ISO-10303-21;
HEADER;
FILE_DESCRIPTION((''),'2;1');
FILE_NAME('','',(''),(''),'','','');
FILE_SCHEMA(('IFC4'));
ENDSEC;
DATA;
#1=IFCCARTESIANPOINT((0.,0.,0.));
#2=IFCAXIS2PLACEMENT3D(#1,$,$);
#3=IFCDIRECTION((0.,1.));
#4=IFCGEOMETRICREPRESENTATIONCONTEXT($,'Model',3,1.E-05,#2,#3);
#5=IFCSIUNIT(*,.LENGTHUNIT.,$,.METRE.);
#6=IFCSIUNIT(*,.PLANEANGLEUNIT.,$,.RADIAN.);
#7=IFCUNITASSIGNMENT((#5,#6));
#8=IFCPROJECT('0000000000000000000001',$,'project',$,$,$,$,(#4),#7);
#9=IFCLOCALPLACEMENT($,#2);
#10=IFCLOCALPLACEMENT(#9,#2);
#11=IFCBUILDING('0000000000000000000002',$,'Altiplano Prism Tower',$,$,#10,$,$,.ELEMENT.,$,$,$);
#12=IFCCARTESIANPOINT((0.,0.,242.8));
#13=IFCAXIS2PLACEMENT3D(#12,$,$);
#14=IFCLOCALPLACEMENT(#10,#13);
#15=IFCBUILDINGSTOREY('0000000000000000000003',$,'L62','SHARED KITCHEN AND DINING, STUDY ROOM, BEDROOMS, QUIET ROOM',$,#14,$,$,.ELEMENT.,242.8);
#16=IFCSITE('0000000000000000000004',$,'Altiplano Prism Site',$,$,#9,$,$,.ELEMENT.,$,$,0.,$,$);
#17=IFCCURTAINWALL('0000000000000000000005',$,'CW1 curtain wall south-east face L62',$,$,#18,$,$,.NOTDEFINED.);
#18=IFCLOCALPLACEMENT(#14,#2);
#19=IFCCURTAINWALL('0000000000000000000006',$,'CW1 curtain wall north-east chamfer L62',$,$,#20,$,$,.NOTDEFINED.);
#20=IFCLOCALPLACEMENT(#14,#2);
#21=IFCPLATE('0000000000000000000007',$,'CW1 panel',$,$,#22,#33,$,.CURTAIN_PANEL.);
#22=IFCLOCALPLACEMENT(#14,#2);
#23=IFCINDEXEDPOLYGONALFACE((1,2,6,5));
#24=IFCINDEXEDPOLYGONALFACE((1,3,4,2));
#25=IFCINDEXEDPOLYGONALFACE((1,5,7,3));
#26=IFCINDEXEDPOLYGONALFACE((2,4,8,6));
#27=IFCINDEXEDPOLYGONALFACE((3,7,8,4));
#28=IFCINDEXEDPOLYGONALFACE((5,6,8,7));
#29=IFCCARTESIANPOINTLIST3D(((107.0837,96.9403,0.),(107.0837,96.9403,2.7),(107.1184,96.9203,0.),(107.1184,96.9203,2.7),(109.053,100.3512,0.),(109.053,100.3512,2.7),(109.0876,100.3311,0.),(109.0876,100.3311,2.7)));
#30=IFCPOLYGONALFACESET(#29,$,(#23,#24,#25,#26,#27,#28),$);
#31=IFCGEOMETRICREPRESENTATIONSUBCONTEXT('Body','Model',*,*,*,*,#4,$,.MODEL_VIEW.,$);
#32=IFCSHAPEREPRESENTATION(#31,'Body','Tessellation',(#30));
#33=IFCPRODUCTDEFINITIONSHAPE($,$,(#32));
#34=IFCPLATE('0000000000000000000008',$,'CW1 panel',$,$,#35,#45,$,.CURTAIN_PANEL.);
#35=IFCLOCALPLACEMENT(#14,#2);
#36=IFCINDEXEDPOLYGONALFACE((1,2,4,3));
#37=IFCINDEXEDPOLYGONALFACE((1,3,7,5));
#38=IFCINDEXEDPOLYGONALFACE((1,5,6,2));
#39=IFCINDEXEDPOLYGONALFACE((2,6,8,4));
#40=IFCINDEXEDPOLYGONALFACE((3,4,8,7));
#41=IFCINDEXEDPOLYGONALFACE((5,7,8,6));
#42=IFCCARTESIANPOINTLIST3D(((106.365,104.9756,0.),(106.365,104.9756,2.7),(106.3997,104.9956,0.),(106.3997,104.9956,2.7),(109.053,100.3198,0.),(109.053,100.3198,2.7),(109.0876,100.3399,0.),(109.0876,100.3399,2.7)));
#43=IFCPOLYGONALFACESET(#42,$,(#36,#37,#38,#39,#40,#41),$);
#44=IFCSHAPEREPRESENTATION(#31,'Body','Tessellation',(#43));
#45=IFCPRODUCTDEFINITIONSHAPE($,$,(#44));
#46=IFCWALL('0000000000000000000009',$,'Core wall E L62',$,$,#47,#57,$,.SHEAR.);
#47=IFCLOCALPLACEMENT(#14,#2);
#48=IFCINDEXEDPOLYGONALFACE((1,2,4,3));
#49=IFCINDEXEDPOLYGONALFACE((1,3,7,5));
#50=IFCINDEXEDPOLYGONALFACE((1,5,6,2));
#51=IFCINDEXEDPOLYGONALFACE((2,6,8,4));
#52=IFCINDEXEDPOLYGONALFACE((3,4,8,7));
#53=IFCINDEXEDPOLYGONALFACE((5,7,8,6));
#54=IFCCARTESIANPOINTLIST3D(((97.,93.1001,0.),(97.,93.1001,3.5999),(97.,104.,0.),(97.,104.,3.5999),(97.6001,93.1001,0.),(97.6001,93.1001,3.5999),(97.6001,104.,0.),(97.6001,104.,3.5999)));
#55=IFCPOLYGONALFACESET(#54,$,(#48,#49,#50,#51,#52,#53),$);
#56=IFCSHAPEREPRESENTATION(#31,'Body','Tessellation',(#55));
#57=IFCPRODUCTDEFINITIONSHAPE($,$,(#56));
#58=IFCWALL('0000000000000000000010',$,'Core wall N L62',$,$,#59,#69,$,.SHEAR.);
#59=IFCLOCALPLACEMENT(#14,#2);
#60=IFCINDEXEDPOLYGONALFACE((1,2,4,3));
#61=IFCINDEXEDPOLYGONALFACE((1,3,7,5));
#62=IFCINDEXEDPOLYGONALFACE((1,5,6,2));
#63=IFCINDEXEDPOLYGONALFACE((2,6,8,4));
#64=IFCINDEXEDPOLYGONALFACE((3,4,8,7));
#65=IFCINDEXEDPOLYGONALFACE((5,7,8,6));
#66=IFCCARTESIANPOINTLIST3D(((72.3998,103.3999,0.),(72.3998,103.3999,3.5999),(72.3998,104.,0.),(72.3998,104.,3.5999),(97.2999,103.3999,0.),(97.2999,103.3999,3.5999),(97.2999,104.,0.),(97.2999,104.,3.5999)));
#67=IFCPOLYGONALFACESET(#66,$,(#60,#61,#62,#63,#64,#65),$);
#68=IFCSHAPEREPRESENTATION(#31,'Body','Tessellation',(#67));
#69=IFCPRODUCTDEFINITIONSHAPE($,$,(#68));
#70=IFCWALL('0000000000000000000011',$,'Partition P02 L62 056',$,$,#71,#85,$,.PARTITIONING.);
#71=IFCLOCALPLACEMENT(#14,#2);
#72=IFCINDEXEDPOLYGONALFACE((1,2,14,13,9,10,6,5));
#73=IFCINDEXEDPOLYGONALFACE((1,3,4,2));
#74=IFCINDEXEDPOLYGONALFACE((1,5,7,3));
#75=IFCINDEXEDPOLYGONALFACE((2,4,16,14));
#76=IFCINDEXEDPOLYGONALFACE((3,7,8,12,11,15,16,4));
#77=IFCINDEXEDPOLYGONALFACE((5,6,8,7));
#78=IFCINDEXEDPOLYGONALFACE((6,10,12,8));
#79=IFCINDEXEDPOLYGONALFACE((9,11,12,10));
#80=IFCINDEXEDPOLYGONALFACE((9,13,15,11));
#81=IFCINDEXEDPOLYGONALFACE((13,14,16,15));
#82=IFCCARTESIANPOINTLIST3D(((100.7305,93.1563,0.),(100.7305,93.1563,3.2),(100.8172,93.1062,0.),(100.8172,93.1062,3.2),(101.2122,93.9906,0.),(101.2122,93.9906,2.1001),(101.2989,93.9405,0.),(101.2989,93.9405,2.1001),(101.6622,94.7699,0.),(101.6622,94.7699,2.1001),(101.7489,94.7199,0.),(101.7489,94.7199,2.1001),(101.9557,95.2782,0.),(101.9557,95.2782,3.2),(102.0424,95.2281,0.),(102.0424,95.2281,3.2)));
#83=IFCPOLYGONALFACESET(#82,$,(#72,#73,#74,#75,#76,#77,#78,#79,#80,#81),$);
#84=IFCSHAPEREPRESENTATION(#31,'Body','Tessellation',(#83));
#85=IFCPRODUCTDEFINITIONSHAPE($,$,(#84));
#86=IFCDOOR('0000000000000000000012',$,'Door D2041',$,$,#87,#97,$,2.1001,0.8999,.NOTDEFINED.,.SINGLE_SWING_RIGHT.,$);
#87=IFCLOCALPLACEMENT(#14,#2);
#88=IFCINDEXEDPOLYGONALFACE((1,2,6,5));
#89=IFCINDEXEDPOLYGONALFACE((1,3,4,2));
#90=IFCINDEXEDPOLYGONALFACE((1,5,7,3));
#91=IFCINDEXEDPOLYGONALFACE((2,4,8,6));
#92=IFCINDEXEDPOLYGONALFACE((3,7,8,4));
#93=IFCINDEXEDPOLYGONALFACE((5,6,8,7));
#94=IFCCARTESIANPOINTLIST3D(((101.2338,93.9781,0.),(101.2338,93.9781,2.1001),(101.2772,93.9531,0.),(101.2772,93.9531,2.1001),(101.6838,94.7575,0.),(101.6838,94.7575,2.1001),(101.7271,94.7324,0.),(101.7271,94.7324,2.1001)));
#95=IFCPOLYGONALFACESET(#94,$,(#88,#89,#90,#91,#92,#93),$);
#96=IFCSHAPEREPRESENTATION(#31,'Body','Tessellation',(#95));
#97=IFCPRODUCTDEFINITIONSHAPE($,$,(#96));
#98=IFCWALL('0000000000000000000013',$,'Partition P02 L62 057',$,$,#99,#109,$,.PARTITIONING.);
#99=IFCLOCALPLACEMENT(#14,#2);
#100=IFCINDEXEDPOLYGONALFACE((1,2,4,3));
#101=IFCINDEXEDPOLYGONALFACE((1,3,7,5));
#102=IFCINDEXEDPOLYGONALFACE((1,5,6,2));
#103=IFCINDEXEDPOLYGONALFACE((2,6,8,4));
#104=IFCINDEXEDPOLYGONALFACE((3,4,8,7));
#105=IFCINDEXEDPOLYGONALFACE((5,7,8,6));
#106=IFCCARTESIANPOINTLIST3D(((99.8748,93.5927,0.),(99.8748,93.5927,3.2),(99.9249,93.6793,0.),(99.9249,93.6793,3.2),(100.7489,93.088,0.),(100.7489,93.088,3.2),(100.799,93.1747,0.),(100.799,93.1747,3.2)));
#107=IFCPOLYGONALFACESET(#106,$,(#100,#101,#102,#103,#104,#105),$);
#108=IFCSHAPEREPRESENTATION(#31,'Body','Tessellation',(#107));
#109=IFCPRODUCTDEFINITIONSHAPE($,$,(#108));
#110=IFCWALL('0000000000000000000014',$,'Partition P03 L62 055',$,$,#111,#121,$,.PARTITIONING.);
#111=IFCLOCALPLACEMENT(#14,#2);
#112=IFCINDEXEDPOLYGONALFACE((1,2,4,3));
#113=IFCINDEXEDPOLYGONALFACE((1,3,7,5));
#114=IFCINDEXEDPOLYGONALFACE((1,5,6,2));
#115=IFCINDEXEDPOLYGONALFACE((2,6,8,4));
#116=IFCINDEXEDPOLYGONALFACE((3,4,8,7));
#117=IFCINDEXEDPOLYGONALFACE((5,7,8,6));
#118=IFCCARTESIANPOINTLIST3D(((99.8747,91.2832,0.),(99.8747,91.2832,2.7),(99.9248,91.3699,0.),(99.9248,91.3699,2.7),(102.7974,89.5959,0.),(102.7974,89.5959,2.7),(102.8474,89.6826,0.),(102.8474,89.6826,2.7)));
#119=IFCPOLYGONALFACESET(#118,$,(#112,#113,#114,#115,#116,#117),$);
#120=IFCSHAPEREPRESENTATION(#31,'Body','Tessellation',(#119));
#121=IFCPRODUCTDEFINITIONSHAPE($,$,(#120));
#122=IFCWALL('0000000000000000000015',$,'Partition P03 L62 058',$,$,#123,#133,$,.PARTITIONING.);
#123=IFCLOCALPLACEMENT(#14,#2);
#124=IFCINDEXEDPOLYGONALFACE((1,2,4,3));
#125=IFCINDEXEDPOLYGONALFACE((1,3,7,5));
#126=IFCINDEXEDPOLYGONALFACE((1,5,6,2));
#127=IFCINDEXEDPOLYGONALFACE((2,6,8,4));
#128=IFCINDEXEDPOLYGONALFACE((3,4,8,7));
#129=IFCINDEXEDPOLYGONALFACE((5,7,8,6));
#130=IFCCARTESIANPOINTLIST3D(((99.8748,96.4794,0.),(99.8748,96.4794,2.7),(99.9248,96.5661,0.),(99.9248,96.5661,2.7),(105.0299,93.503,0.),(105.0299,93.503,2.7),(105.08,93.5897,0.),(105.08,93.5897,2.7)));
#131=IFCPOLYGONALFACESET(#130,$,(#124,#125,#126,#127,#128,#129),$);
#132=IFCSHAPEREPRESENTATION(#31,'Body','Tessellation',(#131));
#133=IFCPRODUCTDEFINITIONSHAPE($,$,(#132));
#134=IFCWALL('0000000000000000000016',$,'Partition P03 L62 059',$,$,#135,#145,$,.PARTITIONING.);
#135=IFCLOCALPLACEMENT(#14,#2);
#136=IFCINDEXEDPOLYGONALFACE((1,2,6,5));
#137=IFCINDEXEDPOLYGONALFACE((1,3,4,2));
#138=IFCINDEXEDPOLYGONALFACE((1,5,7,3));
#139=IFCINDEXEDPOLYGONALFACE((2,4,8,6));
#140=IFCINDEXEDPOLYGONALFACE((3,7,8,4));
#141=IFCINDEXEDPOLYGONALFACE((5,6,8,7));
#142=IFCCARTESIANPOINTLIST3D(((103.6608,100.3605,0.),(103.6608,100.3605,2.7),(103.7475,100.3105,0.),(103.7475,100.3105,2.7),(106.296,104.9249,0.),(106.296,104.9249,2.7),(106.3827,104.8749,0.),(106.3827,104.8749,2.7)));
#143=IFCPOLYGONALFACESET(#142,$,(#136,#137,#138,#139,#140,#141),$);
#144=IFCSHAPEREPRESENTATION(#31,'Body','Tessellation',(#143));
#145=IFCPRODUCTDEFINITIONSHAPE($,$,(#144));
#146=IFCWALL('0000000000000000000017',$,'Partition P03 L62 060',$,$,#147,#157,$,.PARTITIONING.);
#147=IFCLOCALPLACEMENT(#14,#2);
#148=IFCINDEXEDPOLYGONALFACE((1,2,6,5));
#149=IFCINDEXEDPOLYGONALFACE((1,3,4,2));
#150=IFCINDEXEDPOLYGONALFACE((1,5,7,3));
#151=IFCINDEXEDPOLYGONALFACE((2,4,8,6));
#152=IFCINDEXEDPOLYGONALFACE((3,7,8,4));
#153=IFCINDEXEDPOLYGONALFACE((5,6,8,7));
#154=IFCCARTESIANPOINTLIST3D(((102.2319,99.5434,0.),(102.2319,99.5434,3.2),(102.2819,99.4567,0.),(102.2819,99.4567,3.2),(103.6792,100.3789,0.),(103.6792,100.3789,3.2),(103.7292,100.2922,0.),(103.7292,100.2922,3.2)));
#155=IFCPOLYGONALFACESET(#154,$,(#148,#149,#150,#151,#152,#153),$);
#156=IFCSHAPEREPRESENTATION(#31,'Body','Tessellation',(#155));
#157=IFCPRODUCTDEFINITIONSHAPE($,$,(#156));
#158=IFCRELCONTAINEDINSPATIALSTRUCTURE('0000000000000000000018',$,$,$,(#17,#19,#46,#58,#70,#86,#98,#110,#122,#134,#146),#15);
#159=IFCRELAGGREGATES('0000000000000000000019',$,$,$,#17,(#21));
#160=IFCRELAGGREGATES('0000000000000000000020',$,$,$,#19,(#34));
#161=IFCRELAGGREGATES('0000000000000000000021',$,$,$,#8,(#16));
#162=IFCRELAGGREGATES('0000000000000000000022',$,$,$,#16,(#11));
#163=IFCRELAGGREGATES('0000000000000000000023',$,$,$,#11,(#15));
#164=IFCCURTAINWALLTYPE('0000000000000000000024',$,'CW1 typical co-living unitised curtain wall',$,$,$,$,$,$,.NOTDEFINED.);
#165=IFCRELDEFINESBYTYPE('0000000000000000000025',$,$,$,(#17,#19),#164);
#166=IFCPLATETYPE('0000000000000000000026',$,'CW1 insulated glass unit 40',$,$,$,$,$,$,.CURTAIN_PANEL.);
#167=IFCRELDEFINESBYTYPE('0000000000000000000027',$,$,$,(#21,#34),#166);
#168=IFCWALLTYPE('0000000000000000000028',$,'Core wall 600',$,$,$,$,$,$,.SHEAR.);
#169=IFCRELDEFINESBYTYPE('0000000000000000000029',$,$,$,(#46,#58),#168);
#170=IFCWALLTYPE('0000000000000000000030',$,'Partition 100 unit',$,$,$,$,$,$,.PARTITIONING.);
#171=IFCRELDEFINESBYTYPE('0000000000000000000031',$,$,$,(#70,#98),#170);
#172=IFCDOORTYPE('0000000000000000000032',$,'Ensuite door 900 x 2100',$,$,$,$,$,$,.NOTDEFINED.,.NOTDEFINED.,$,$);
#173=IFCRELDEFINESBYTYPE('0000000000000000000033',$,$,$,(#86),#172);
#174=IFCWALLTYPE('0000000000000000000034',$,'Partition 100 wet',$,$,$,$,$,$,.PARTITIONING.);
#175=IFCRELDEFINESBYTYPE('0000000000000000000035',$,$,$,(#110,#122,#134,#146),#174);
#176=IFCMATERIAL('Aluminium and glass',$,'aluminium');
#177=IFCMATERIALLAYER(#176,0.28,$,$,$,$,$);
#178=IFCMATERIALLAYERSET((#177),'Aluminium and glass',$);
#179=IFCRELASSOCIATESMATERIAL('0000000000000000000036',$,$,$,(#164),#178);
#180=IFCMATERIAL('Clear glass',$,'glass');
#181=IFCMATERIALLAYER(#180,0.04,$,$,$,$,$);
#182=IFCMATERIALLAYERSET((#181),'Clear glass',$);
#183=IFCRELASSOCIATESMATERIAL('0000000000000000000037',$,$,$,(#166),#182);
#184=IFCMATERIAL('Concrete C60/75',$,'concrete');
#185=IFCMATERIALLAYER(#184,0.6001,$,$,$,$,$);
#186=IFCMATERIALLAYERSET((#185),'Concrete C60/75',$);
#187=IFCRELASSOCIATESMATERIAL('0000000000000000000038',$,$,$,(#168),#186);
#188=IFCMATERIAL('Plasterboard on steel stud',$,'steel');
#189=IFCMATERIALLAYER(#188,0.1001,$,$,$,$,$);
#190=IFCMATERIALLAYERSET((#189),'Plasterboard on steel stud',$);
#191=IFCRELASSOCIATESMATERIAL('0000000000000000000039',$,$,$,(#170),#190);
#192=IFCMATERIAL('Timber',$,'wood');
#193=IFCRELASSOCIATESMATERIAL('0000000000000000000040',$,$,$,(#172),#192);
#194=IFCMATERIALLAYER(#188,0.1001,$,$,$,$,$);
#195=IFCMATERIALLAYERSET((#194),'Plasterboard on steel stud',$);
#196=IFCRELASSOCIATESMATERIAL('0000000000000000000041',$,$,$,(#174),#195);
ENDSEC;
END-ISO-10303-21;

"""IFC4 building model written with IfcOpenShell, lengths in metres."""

from ifc_helpers import new_model, si_unit, direction, frame, frame_2d, origin, origin_2d, place, context, subcontext, project, spatial, rectangle, extrude, material, layer, layer_set, type_object, element, fill, aggregate, save


model = new_model("IFC4")

# Units and contexts
model_context = context("Model", 3, precision=1e-05, world=origin(), true_north=direction((0.0, 1.0)))
body_context = subcontext(model_context, "Body", "Model", "MODEL_VIEW")
ifc_project = project(units=[si_unit("LENGTHUNIT", "METRE"), si_unit("PLANEANGLEUNIT", "RADIAN")], contexts=[model_context])

# Site, building, storey
site_placement = place(None, origin())
site = spatial("IfcSite", under=ifc_project, at=site_placement, Name="Altiplano Prism Site", CompositionType="ELEMENT", RefElevation=0.0)
building_placement = place(site_placement, origin())
building = spatial("IfcBuilding", under=site, at=building_placement, Name="Altiplano Prism Tower", CompositionType="ELEMENT")
storey_placement = place(building_placement, frame((0.0, 0.0, 242.8)))
storey = spatial("IfcBuildingStorey", under=building, at=storey_placement, Name="L62", Description="SHARED KITCHEN AND DINING, STUDY ROOM, BEDROOMS, QUIET ROOM", CompositionType="ELEMENT", Elevation=242.8)

# Shared definitions
ifc_material_1 = material(Name="Concrete C60/75", Category="concrete")

# Curtain wall
ifc_material_2 = material(Name="Aluminium and glass", Category="aluminium")
ifc_layer_1 = layer(ifc_material_2, 0.28)
ifc_layer_set_1 = layer_set([ifc_layer_1], Name="Aluminium and glass")
curtain_wall_type = type_object("IfcCurtainWallType", Name="CW1 typical co-living unitised curtain wall", PredefinedType="NOTDEFINED", material=ifc_layer_set_1)
curtain_wall_1_placement = place(storey_placement, origin())
curtain_wall_1 = element("IfcCurtainWall", 1, at=curtain_wall_1_placement, inside=storey, type_object=curtain_wall_type, Name="CW1 curtain wall south-east face L62", PredefinedType="NOTDEFINED")

# Curtain wall
curtain_wall_2_placement = place(storey_placement, origin())
curtain_wall_2 = element("IfcCurtainWall", 2, at=curtain_wall_2_placement, inside=storey, type_object=curtain_wall_type, Name="CW1 curtain wall north-east chamfer L62", PredefinedType="NOTDEFINED")

# Plates
ifc_material_3 = material(Name="Clear glass", Category="glass")
ifc_layer_2 = layer(ifc_material_3, 0.04)
ifc_layer_set_2 = layer_set([ifc_layer_2], Name="Clear glass")
plate_type = type_object("IfcPlateType", Name="CW1 insulated glass unit 40", PredefinedType="CURTAIN_PANEL", material=ifc_layer_set_2)
plate_1_placement = place(storey_placement, frame((108.0857, 98.6357, 0.0), z_axis=(0.0, 0.0, 1.0), x_axis=(0.5, 0.866025, 0.0)))
plate_1 = element("IfcPlate", 3, at=plate_1_placement, type_object=plate_type, Name="CW1 panel", PredefinedType="CURTAIN_PANEL", context=body_context, shape_type="SweptSolid", body=[
    extrude(rectangle(XDim=3.9385, YDim=0.04, at=origin_2d()), origin(), (0.0, 0.0, 1.0), 2.7),
])
aggregate(curtain_wall_1, [plate_1])
plate_2_placement = place(storey_placement, frame((107.7263, 102.6577, 0.0), z_axis=(0.0, 0.0, 1.0), x_axis=(-0.5, 0.866025, 0.0)))
plate_2 = element("IfcPlate", 4, at=plate_2_placement, type_object=plate_type, Name="CW1 panel", PredefinedType="CURTAIN_PANEL", context=body_context, shape_type="SweptSolid", body=[
    extrude(rectangle(XDim=5.376, YDim=0.04, at=origin_2d()), origin(), (0.0, 0.0, 1.0), 2.7),
])
aggregate(curtain_wall_2, [plate_2])

# Walls
ifc_layer_3 = layer(ifc_material_1, 0.6001)
ifc_layer_set_3 = layer_set([ifc_layer_3], Name="Concrete C60/75")
wall_type_1 = type_object("IfcWallType", Name="Core wall 600", PredefinedType="SHEAR", material=ifc_layer_set_3)
wall_1_placement = place(storey_placement, frame((97.3, 93.1001, 0.0), z_axis=(0.0, 0.0, 1.0), x_axis=(0.0, 1.0, 0.0)))
element("IfcWall", 5, at=wall_1_placement, inside=storey, type_object=wall_type_1, Name="Core wall E L62", PredefinedType="SHEAR", context=body_context, shape_type="SweptSolid", body=[
    extrude(rectangle(XDim=10.8999, YDim=0.6001, at=frame_2d((5.45, 0.0))), origin(), (0.0, 0.0, 1.0), 3.5999),
])
wall_2_placement = place(storey_placement, frame((97.3, 103.7, 0.0), z_axis=(0.0, 0.0, 1.0), x_axis=(-1.0, 0.0, 0.0)))
element("IfcWall", 6, at=wall_2_placement, inside=storey, type_object=wall_type_1, Name="Core wall N L62", PredefinedType="SHEAR", context=body_context, shape_type="SweptSolid", body=[
    extrude(rectangle(XDim=24.9001, YDim=0.6001, at=frame_2d((12.4502, 0.0))), origin(), (0.0, 0.0, 1.0), 3.5999),
])

# Wall, opening, door
ifc_material_4 = material(Name="Plasterboard on steel stud", Category="steel")
ifc_layer_4 = layer(ifc_material_4, 0.1001)
ifc_layer_set_4 = layer_set([ifc_layer_4], Name="Plasterboard on steel stud")
wall_type_2 = type_object("IfcWallType", Name="Partition 100 unit", PredefinedType="PARTITIONING", material=ifc_layer_set_4)
wall_3_placement = place(storey_placement, frame((101.999, 95.2532, 0.0), z_axis=(0.0, 0.0, 1.0), x_axis=(-0.500019, -0.866015, 0.0)))
wall_3 = element("IfcWall", 7, at=wall_3_placement, inside=storey, type_object=wall_type_2, Name="Partition P02 L62 056", PredefinedType="PARTITIONING", context=body_context, shape_type="SweptSolid", body=[
    extrude(rectangle(XDim=2.4502, YDim=0.1001, at=frame_2d((1.2251, 0.0))), origin(), (0.0, 0.0, 1.0), 3.2),
])
opening_1_placement = place(wall_3_placement, frame((0.5869, 0.0, 0.0)))
opening_1 = element("IfcOpeningElement", 8, at=opening_1_placement, cuts=wall_3, PredefinedType="OPENING", context=body_context, shape_type="SweptSolid", body=[
    extrude(rectangle(XDim=0.8999, YDim=2.1001, at=frame_2d((0.45, 1.05))), frame((0.0, 0.0605, 0.0), z_axis=(0.0, -1.0, 0.0), x_axis=(1.0, 0.0, 0.0)), (0.0, 0.0, 1.0), 0.1211),
])
ifc_material_5 = material(Name="Timber", Category="wood")
door_type_1 = type_object("IfcDoorType", Name="Ensuite door 900 x 2100", OperationType="NOTDEFINED", PredefinedType="NOTDEFINED", material=ifc_material_5)
door_1_placement = place(opening_1_placement, origin())
door_1 = element("IfcDoor", 9, at=door_1_placement, inside=storey, type_object=door_type_1, Name="Door D2041", OperationType="SINGLE_SWING_RIGHT", OverallHeight=2.1001, OverallWidth=0.8999, PredefinedType="NOTDEFINED", context=body_context, shape_type="SweptSolid", body=[
    extrude(rectangle(XDim=0.8999, YDim=2.1001, at=frame_2d((0.45, 1.05))), frame((0.0, 0.0249, 0.0), z_axis=(0.0, -1.0, 0.0), x_axis=(1.0, 0.0, 0.0)), (0.0, 0.0, 1.0), 0.05),
])
fill(opening_1, door_1)

# Walls
wall_4_placement = place(storey_placement, frame((100.7739, 93.1313, 0.0), z_axis=(0.0, 0.0, 1.0), x_axis=(-0.866016, 0.500016, 0.0)))
element("IfcWall", 10, at=wall_4_placement, inside=storey, type_object=wall_type_2, Name="Partition P02 L62 057", PredefinedType="PARTITIONING", context=body_context, shape_type="SweptSolid", body=[
    extrude(rectangle(XDim=1.0093, YDim=0.1001, at=frame_2d((0.5046, 0.0))), origin(), (0.0, 0.0, 1.0), 3.2),
])
ifc_layer_5 = layer(ifc_material_4, 0.1001)
ifc_layer_set_5 = layer_set([ifc_layer_5], Name="Plasterboard on steel stud")
wall_type_3 = type_object("IfcWallType", Name="Partition 100 wet", PredefinedType="PARTITIONING", material=ifc_layer_set_5)
wall_5_placement = place(storey_placement, frame((102.8225, 89.6392, 0.0), z_axis=(0.0, 0.0, 1.0), x_axis=(-0.86604, 0.499975, 0.0)))
element("IfcWall", 11, at=wall_5_placement, inside=storey, type_object=wall_type_3, Name="Partition P03 L62 055", PredefinedType="PARTITIONING", context=body_context, shape_type="SweptSolid", body=[
    extrude(rectangle(XDim=3.3748, YDim=0.1001, at=frame_2d((1.6875, 0.0))), origin(), (0.0, 0.0, 1.0), 2.7),
])
wall_6_placement = place(storey_placement, frame((105.0549, 93.5464, 0.0), z_axis=(0.0, 0.0, 1.0), x_axis=(-0.866021, 0.500008, 0.0)))
element("IfcWall", 12, at=wall_6_placement, inside=storey, type_object=wall_type_3, Name="Partition P03 L62 058", PredefinedType="PARTITIONING", context=body_context, shape_type="SweptSolid", body=[
    extrude(rectangle(XDim=5.9526, YDim=0.1001, at=frame_2d((2.9763, 0.0))), origin(), (0.0, 0.0, 1.0), 2.7),
])
wall_7_placement = place(storey_placement, frame((106.3394, 104.8999, 0.0), z_axis=(0.0, 0.0, 1.0), x_axis=(-0.499995, -0.866028, 0.0)))
element("IfcWall", 13, at=wall_7_placement, inside=storey, type_object=wall_type_3, Name="Partition P03 L62 059", PredefinedType="PARTITIONING", context=body_context, shape_type="SweptSolid", body=[
    extrude(rectangle(XDim=5.2705, YDim=0.1001, at=frame_2d((2.6353, 0.0))), origin(), (0.0, 0.0, 1.0), 2.7),
])
wall_8_placement = place(storey_placement, frame((103.7041, 100.3354, 0.0), z_axis=(0.0, 0.0, 1.0), x_axis=(-0.866059, -0.499942, 0.0)))
element("IfcWall", 14, at=wall_8_placement, inside=storey, type_object=wall_type_3, Name="Partition P03 L62 060", PredefinedType="PARTITIONING", context=body_context, shape_type="SweptSolid", body=[
    extrude(rectangle(XDim=1.6711, YDim=0.1001, at=frame_2d((0.8354, 0.0))), origin(), (0.0, 0.0, 1.0), 3.2),
])

save(model, "model.ifc")
